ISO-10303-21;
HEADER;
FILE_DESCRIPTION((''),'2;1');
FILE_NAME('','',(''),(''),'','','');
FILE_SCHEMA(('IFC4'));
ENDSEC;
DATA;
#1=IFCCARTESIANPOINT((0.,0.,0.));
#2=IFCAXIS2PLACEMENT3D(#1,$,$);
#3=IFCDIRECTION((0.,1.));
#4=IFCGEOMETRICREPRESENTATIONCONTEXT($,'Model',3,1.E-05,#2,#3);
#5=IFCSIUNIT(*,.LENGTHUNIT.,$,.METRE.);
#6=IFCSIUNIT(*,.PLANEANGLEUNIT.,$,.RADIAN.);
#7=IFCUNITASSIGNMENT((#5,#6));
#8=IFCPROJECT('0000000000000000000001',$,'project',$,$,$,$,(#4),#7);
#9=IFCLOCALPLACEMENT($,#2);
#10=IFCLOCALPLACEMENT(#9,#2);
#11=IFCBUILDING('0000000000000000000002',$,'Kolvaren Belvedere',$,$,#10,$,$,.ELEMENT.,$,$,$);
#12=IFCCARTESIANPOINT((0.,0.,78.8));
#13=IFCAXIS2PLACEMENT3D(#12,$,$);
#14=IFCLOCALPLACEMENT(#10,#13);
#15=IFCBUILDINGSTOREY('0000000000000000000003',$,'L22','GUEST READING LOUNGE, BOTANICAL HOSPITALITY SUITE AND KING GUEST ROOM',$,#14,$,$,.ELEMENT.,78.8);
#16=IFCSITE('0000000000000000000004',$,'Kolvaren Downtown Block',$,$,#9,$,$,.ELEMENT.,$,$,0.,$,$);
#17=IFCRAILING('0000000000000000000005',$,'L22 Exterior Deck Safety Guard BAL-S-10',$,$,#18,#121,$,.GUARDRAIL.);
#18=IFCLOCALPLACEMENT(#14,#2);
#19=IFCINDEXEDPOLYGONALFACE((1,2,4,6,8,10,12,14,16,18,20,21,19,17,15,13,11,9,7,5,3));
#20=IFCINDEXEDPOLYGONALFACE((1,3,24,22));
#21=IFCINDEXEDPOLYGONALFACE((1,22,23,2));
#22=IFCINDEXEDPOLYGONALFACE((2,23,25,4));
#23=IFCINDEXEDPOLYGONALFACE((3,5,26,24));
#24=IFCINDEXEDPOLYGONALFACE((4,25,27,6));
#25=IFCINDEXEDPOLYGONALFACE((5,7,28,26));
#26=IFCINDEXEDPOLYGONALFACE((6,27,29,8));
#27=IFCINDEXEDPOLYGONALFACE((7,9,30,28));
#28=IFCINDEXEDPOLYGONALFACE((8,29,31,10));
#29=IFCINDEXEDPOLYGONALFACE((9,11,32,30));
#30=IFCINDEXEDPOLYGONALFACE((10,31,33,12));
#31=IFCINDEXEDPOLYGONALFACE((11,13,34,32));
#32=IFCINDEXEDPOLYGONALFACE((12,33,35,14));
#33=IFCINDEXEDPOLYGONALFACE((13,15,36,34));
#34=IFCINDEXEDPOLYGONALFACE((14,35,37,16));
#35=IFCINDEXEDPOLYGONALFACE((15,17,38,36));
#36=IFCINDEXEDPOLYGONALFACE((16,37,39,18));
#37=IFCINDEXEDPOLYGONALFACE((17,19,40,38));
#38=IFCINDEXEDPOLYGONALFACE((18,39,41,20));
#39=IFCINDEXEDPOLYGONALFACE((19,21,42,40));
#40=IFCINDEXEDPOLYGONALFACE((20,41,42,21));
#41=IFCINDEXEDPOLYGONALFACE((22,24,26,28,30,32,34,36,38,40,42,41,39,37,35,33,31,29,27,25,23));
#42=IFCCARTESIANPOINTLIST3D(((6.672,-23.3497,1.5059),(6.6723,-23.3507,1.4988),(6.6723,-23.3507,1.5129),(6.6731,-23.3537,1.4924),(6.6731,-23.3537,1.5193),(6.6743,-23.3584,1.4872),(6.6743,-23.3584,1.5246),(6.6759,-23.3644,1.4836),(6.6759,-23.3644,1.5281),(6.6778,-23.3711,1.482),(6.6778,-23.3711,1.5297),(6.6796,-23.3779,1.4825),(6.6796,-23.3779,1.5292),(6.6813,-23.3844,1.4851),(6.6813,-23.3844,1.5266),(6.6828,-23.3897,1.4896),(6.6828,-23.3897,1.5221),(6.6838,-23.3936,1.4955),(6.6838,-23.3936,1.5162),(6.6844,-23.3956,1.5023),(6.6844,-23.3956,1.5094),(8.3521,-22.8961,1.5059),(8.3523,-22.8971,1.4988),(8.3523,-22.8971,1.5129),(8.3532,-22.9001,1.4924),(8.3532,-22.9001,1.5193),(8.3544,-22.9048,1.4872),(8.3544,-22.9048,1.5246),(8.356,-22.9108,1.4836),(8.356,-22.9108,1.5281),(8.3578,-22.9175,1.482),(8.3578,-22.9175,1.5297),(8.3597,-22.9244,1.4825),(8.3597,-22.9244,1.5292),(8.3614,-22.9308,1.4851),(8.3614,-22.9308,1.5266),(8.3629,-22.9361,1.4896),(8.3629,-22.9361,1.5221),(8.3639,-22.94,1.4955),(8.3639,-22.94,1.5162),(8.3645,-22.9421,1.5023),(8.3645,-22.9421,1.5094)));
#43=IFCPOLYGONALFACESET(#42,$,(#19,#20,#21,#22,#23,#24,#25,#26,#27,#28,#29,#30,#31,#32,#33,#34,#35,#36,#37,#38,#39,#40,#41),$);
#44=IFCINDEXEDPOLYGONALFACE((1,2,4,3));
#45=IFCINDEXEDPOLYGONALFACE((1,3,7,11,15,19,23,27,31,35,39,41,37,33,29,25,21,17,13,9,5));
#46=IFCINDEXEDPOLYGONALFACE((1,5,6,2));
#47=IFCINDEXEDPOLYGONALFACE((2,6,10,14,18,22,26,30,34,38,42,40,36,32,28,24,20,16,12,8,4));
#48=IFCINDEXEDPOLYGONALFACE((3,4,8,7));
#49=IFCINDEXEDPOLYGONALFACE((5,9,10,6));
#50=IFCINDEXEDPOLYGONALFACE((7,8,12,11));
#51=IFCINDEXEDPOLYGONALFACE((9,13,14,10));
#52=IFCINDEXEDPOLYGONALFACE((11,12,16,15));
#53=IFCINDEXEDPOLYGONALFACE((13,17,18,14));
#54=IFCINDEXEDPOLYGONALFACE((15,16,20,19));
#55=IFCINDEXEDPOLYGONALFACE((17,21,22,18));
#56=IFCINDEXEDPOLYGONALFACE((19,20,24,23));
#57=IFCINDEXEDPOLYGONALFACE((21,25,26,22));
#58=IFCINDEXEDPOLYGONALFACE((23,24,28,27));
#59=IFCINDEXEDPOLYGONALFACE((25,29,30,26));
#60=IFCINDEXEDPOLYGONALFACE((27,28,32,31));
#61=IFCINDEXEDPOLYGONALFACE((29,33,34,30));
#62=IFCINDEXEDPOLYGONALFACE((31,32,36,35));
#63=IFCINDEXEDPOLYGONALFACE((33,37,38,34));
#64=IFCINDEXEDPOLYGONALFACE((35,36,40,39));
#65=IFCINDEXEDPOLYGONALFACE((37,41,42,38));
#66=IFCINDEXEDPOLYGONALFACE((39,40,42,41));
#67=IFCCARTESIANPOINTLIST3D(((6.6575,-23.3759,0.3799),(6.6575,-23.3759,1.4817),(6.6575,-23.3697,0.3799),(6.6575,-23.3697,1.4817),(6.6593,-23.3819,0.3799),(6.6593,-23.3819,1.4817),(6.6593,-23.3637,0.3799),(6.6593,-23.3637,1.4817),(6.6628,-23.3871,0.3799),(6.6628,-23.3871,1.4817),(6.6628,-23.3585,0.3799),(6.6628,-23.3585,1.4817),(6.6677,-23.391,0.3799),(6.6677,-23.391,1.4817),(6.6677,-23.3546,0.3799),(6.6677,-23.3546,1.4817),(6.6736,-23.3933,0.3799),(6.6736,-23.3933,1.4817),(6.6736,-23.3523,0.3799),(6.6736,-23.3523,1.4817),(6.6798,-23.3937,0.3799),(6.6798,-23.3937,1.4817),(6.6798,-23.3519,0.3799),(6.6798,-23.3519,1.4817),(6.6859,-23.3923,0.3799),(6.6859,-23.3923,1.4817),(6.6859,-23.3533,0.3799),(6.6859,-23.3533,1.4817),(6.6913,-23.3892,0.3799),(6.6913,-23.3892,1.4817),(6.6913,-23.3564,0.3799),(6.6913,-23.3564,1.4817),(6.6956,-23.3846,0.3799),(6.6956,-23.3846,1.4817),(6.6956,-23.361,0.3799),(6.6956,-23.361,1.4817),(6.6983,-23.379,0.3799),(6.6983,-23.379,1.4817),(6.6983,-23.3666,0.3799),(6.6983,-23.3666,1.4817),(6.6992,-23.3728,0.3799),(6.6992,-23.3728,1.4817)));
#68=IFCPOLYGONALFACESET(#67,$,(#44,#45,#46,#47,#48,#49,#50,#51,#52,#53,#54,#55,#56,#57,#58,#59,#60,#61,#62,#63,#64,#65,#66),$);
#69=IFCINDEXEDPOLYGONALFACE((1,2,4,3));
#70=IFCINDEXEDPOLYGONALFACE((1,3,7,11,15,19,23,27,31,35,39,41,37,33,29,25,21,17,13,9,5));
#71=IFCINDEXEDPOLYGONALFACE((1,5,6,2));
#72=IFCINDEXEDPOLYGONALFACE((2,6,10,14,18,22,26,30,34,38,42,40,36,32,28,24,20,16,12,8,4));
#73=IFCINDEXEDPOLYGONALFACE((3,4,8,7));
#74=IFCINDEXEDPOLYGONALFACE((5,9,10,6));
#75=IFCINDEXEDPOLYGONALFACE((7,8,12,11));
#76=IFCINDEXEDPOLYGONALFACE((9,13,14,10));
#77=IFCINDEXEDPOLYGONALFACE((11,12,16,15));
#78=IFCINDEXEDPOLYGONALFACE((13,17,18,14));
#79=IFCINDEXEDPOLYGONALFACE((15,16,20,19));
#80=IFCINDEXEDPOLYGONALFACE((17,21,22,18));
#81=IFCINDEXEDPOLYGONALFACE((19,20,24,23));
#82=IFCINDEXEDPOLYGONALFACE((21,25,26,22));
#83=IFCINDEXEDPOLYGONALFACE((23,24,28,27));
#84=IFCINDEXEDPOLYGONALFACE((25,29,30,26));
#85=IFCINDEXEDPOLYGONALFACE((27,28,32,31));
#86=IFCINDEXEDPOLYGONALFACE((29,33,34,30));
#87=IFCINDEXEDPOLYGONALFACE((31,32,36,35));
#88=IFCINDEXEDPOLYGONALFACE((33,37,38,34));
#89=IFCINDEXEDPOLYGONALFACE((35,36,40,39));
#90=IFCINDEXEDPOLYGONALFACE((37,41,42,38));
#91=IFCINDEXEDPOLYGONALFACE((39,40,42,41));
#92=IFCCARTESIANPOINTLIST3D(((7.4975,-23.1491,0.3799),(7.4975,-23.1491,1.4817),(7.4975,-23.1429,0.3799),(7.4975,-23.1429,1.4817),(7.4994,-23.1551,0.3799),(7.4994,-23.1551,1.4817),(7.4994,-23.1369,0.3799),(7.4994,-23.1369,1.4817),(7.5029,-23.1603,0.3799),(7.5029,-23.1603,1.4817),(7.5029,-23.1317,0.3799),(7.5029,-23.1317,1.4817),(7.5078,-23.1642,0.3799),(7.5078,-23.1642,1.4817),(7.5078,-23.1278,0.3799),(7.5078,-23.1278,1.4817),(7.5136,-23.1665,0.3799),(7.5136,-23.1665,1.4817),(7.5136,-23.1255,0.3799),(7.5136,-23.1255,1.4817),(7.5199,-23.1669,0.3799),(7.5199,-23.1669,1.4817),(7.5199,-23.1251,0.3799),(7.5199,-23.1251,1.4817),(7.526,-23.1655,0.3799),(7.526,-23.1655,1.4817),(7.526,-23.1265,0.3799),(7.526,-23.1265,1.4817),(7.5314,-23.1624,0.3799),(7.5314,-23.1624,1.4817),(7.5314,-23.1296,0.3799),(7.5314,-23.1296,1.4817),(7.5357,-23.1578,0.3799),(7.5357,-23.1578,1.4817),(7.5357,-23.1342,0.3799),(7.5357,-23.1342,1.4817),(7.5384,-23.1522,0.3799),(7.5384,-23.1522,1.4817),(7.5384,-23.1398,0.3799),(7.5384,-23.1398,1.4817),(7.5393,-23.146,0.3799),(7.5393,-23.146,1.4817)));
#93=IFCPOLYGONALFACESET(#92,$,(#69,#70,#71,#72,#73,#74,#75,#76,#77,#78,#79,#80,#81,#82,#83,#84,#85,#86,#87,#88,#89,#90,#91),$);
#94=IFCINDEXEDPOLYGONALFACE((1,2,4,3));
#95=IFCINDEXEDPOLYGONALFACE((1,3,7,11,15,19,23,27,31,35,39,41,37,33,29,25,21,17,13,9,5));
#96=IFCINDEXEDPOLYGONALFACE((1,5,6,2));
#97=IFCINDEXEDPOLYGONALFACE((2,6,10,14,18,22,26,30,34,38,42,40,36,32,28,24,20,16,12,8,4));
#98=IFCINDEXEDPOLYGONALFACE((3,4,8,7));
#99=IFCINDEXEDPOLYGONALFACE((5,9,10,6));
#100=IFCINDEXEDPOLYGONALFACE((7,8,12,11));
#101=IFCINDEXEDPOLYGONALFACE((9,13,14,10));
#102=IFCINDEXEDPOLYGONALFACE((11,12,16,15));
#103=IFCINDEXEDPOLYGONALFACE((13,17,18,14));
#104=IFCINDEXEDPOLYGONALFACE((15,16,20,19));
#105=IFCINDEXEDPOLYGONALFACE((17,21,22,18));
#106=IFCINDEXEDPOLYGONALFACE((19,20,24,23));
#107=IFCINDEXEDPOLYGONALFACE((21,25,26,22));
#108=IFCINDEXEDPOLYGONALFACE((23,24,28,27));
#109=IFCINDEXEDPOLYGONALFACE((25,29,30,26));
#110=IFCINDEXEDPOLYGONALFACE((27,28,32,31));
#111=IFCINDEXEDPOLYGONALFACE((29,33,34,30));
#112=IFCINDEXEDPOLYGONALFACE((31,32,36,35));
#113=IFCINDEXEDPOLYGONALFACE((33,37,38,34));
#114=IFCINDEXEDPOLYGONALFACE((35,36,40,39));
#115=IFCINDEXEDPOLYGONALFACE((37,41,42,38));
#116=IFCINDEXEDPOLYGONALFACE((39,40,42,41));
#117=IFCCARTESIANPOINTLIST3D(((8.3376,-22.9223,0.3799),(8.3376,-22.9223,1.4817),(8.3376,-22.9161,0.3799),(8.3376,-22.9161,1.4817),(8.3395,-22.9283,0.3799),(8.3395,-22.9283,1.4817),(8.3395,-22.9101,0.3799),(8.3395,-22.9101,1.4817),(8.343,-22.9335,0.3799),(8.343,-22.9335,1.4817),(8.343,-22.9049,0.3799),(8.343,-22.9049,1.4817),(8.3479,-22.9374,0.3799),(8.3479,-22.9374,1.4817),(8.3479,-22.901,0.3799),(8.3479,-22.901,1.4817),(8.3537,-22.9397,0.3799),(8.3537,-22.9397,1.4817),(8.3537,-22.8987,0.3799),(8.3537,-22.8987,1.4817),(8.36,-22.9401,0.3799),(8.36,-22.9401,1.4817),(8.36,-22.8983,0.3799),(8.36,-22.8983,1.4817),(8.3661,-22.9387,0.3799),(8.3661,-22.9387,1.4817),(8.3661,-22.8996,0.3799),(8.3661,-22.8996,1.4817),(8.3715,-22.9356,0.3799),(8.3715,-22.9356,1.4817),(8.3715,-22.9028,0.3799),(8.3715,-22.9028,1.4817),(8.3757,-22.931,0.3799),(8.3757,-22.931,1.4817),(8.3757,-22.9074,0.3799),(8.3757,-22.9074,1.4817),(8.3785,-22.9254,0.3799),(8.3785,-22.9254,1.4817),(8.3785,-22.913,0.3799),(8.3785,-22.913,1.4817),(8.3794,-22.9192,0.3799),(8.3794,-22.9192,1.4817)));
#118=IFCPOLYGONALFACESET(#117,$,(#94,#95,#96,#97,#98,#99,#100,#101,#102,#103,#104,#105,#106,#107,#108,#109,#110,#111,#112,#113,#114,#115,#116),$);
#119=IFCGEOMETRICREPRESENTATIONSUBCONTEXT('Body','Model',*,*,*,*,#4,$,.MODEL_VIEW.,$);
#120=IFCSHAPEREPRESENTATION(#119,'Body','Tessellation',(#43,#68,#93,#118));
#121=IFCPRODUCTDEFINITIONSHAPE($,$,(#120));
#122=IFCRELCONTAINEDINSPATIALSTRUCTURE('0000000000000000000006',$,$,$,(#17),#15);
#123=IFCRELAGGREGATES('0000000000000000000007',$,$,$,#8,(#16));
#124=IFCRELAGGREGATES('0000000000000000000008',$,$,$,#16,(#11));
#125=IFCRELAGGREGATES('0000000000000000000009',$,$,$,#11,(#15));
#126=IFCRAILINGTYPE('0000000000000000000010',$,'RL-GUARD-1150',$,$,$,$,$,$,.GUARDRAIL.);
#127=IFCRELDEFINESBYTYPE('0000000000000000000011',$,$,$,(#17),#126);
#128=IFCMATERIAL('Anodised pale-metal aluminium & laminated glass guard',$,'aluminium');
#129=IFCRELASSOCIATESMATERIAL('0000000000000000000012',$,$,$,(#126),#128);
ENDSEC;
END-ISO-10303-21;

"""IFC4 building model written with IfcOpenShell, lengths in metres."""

from ifc_helpers import new_model, si_unit, direction, frame, origin, origin_2d, place, context, subcontext, project, spatial, circle, extrude, material, type_object, element, save


model = new_model("IFC4")

# Units and contexts
model_context = context("Model", 3, precision=1e-05, world=origin(), true_north=direction((0.0, 1.0)))
body_context = subcontext(model_context, "Body", "Model", "MODEL_VIEW")
ifc_project = project(units=[si_unit("LENGTHUNIT", "METRE"), si_unit("PLANEANGLEUNIT", "RADIAN")], contexts=[model_context])

# Site, building, storey
site_placement = place(None, origin())
site = spatial("IfcSite", under=ifc_project, at=site_placement, Name="Kolvaren Downtown Block", CompositionType="ELEMENT", RefElevation=0.0)
building_placement = place(site_placement, origin())
building = spatial("IfcBuilding", under=site, at=building_placement, Name="Kolvaren Belvedere", CompositionType="ELEMENT")
storey_placement = place(building_placement, frame((0.0, 0.0, 78.8)))
storey = spatial("IfcBuildingStorey", under=building, at=storey_placement, Name="L22", Description="GUEST READING LOUNGE, BOTANICAL HOSPITALITY SUITE AND KING GUEST ROOM", CompositionType="ELEMENT", Elevation=78.8)

# Railing
ifc_material_1 = material(Name="Anodised pale-metal aluminium & laminated glass guard", Category="aluminium")
railing_type = type_object("IfcRailingType", Name="RL-GUARD-1150", PredefinedType="GUARDRAIL", material=ifc_material_1)
railing_1_placement = place(storey_placement, frame((6.6782, -23.3728, 0.3799)))
element("IfcRailing", 1, at=railing_1_placement, inside=storey, type_object=railing_type, Name="L22 Exterior Deck Safety Guard BAL-S-10", PredefinedType="GUARDRAIL", context=body_context, shape_type="SweptSolid", body=[
    extrude(circle(Radius=0.0239, at=origin_2d()), frame((0.0, 0.0, 1.126), z_axis=(0.965434, 0.260648, 0.0), x_axis=(-0.260648, 0.965434, 0.0)), (0.0, 0.0, 1.0), 1.7402),
    extrude(circle(Radius=0.021, at=origin_2d()), origin(), (0.0, 0.0, 1.0), 1.1018),
    extrude(circle(Radius=0.021, at=origin_2d()), frame((0.8401, 0.2268, 0.0)), (0.0, 0.0, 1.0), 1.1018),
    extrude(circle(Radius=0.021, at=origin_2d()), frame((1.6802, 0.4536, 0.0)), (0.0, 0.0, 1.0), 1.1018),
])

save(model, "model.ifc")
